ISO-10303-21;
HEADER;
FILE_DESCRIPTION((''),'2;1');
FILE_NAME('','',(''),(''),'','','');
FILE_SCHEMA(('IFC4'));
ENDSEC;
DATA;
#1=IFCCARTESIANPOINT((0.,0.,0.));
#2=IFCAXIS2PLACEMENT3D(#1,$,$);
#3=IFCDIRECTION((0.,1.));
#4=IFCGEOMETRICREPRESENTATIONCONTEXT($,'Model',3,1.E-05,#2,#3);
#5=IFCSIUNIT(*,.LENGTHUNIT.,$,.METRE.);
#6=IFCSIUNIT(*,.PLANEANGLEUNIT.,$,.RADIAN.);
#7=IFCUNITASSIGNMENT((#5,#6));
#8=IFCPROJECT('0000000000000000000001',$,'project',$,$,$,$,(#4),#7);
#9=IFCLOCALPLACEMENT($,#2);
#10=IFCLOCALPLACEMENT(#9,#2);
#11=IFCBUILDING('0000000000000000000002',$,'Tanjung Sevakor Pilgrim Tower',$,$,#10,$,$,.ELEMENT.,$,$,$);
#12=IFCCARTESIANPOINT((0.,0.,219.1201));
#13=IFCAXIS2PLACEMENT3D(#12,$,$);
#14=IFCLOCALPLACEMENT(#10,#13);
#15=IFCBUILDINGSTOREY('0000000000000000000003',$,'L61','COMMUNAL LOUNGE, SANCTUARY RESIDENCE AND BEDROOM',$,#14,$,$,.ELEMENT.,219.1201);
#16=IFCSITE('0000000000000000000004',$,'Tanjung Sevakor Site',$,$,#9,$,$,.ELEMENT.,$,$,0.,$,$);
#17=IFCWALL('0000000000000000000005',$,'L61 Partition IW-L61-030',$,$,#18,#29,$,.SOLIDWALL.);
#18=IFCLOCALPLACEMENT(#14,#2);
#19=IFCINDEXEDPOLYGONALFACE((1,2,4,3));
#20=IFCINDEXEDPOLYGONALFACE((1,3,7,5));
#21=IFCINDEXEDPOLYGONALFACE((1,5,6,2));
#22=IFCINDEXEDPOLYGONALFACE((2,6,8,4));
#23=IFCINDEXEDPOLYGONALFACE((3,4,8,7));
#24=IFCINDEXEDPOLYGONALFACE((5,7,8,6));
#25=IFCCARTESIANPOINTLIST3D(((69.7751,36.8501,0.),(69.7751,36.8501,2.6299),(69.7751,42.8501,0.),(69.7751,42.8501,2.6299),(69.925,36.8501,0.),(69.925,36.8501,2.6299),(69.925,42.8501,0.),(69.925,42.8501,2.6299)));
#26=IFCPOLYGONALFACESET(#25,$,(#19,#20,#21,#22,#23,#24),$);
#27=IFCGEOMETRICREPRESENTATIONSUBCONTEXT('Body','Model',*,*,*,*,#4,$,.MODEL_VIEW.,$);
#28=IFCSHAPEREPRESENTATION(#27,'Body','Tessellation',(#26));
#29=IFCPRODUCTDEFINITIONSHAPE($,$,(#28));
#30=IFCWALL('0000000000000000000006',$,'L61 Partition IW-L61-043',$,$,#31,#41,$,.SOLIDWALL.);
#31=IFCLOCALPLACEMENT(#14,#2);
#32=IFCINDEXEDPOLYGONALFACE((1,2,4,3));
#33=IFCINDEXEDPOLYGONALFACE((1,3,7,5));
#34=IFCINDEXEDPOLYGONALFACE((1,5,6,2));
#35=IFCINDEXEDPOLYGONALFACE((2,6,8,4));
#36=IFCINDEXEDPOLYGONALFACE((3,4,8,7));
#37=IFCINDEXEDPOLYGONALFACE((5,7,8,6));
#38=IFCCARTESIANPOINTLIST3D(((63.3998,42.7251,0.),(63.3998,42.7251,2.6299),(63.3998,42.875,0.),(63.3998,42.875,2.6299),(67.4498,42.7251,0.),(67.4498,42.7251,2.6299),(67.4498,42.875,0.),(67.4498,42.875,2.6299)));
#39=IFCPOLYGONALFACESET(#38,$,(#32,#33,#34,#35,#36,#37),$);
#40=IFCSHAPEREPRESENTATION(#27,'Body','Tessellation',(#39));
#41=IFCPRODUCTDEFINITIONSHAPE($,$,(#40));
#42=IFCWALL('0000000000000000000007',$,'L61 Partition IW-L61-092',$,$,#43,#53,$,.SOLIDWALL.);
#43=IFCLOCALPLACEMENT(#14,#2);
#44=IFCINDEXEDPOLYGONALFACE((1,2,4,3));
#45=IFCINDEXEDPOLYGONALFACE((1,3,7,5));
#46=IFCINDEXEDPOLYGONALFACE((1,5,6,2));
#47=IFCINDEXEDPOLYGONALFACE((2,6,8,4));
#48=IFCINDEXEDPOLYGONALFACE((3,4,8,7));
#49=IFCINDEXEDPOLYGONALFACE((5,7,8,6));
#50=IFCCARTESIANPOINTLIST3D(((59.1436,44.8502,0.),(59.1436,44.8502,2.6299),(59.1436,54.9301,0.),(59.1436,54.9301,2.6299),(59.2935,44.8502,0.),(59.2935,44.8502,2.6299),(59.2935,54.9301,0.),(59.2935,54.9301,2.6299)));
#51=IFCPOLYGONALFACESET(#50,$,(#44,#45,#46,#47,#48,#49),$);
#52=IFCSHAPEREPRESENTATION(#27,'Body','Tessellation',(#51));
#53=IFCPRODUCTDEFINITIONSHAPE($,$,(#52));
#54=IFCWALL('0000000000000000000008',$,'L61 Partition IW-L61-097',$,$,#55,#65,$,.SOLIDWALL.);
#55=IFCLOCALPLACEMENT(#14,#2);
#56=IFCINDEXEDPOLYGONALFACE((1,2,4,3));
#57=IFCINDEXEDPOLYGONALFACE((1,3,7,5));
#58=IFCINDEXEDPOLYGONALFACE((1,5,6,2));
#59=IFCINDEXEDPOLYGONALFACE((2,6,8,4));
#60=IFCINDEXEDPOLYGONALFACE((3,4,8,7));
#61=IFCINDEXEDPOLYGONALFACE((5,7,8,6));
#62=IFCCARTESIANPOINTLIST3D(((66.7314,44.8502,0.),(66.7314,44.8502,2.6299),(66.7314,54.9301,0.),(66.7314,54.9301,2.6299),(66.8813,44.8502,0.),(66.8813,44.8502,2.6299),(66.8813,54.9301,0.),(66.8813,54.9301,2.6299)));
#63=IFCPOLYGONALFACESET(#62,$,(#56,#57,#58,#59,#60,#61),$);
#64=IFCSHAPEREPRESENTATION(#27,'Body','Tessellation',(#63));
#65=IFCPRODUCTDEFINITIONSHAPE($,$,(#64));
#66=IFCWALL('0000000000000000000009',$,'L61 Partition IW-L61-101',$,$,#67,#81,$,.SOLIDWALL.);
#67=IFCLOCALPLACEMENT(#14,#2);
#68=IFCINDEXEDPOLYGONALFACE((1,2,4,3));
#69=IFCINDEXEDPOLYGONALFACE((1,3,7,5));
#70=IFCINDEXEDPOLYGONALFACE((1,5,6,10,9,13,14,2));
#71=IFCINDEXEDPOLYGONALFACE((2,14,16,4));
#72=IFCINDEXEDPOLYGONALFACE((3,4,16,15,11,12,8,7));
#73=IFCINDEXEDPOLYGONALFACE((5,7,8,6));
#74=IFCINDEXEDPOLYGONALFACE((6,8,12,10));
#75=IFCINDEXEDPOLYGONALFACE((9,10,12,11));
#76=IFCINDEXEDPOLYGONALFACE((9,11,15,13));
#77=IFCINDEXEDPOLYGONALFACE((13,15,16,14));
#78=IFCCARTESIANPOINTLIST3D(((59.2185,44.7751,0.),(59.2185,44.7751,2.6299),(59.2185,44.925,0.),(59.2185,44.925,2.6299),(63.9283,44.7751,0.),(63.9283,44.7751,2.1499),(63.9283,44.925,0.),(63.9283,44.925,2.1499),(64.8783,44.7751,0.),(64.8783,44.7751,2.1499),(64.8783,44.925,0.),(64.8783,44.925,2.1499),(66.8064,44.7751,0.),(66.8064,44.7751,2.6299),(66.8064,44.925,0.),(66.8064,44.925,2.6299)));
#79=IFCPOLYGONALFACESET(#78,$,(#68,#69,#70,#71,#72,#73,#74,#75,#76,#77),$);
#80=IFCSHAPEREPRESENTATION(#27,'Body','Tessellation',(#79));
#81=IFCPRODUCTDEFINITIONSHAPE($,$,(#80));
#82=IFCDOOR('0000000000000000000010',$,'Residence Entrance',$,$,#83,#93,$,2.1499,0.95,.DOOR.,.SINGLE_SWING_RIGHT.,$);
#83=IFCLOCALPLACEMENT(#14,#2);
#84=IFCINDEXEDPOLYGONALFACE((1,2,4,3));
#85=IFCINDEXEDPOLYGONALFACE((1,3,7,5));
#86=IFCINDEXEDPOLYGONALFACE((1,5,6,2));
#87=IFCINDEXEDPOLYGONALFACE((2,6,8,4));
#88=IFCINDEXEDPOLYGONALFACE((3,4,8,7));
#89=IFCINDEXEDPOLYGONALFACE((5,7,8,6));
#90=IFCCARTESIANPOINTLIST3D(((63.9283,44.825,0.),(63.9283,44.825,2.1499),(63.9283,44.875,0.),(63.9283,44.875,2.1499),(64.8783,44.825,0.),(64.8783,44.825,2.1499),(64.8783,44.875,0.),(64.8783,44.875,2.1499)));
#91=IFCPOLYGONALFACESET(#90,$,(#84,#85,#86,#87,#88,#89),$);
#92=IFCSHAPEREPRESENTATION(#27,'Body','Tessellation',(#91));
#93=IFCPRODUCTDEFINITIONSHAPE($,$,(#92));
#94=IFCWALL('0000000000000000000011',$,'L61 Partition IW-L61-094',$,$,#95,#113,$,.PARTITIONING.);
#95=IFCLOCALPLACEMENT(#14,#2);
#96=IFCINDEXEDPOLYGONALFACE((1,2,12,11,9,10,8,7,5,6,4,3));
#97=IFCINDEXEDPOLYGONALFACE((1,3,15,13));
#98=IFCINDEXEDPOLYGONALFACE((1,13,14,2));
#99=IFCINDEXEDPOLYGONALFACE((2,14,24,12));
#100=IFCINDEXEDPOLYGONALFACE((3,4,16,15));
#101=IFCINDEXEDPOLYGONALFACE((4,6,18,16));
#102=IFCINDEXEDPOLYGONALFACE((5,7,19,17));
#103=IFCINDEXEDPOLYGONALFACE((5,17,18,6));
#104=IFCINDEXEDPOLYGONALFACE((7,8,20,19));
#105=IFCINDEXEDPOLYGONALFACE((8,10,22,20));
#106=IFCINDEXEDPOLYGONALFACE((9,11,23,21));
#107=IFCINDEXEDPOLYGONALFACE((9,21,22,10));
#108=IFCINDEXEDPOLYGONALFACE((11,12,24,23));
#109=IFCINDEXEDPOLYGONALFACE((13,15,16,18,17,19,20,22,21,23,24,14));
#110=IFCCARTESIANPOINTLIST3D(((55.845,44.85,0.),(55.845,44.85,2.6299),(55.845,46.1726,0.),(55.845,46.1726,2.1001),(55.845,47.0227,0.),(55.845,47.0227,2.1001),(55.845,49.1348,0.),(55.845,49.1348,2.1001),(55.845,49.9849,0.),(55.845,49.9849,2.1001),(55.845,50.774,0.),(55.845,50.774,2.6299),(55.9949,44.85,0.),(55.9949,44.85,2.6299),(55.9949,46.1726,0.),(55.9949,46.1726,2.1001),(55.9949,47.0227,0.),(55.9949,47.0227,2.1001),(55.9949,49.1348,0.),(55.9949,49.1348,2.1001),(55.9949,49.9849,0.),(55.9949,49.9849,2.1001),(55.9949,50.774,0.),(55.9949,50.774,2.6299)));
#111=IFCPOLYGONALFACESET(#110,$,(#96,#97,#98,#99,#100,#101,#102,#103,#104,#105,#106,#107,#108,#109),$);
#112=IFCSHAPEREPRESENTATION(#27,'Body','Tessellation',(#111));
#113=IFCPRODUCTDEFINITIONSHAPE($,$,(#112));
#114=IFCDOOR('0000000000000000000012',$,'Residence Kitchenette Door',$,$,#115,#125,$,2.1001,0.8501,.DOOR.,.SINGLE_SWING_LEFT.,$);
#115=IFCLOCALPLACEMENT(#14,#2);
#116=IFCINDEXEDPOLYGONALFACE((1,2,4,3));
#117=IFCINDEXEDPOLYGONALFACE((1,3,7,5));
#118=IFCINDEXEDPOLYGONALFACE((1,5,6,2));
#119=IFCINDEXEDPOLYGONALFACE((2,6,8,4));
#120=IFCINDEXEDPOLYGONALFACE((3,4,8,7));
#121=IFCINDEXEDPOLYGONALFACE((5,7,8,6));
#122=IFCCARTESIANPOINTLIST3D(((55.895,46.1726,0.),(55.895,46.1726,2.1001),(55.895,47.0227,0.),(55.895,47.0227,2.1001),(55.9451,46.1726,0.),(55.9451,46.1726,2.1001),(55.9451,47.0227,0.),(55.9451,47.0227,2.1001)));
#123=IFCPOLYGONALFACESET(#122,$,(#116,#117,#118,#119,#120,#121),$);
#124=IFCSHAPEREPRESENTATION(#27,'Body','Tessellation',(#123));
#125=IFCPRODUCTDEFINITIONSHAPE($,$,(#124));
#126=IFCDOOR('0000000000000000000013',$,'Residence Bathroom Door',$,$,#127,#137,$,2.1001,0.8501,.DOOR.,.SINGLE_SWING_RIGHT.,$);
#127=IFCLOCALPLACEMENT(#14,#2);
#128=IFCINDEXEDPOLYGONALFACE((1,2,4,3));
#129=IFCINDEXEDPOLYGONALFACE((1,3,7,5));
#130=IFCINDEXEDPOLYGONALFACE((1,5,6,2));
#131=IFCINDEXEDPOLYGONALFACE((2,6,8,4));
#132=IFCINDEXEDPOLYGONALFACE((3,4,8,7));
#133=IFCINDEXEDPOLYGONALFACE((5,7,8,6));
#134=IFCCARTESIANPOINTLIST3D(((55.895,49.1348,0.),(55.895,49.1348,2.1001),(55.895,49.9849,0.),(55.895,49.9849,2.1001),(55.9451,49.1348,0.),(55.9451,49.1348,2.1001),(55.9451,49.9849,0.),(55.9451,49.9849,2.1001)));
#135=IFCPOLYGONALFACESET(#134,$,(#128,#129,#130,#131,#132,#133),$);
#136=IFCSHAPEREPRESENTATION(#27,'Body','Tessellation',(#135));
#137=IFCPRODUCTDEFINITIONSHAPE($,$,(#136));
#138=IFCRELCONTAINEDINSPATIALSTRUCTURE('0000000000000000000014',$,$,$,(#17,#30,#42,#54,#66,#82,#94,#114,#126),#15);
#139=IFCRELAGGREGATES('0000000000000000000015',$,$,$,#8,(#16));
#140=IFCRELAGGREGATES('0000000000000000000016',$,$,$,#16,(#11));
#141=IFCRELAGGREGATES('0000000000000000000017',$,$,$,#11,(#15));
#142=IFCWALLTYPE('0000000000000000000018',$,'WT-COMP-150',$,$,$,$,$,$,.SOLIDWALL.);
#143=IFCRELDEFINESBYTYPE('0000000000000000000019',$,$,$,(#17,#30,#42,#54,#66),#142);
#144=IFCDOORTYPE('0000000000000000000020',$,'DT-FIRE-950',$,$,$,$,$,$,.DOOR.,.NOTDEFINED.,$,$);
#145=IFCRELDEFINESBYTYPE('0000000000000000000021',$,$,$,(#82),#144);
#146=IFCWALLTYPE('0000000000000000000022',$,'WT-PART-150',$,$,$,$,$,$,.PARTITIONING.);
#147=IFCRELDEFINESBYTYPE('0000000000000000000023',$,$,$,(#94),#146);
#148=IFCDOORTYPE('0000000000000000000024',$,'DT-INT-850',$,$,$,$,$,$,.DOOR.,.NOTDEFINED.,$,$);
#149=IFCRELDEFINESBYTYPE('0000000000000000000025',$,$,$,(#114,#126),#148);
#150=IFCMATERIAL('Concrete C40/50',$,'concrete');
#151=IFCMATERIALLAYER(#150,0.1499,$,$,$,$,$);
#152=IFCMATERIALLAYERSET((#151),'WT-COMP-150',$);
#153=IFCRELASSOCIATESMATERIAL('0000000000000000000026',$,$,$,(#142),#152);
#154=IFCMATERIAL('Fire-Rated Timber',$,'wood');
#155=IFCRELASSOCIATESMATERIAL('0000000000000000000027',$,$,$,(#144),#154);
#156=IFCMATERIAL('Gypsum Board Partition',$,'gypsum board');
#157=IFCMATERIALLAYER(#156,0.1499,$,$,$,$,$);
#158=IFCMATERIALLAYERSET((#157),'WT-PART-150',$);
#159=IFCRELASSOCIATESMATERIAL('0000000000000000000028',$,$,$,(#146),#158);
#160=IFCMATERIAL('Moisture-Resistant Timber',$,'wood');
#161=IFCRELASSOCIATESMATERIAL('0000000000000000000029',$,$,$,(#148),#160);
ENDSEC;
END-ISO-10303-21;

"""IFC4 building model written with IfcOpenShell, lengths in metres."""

from ifc_helpers import new_model, si_unit, direction, frame, frame_2d, origin, place, context, subcontext, project, spatial, rectangle, extrude, material, layer, layer_set, type_object, element, fill, save


model = new_model("IFC4")

# Units and contexts
model_context = context("Model", 3, precision=1e-05, world=origin(), true_north=direction((0.0, 1.0)))
body_context = subcontext(model_context, "Body", "Model", "MODEL_VIEW")
ifc_project = project(units=[si_unit("LENGTHUNIT", "METRE"), si_unit("PLANEANGLEUNIT", "RADIAN")], contexts=[model_context])

# Site, building, storey
site_placement = place(None, origin())
site = spatial("IfcSite", under=ifc_project, at=site_placement, Name="Tanjung Sevakor Site", CompositionType="ELEMENT", RefElevation=0.0)
building_placement = place(site_placement, origin())
building = spatial("IfcBuilding", under=site, at=building_placement, Name="Tanjung Sevakor Pilgrim Tower", CompositionType="ELEMENT")
storey_placement = place(building_placement, frame((0.0, 0.0, 219.1201)))
storey = spatial("IfcBuildingStorey", under=building, at=storey_placement, Name="L61", Description="COMMUNAL LOUNGE, SANCTUARY RESIDENCE AND BEDROOM", CompositionType="ELEMENT", Elevation=219.1201)

# Shared definitions
ifc_material_1 = material(Name="Concrete C40/50", Category="concrete")
ifc_layer_1 = layer(ifc_material_1, 0.1499)
ifc_layer_set_1 = layer_set([ifc_layer_1], Name="WT-COMP-150")
wall_type_1 = type_object("IfcWallType", Name="WT-COMP-150", PredefinedType="SOLIDWALL", material=ifc_layer_set_1)

# Walls
wall_1_placement = place(storey_placement, frame((69.8501, 36.8501, 0.0), z_axis=(0.0, 0.0, 1.0), x_axis=(0.0, 1.0, 0.0)))
element("IfcWall", 1, at=wall_1_placement, inside=storey, type_object=wall_type_1, Name="L61 Partition IW-L61-030", PredefinedType="SOLIDWALL", context=body_context, shape_type="SweptSolid", body=[
    extrude(rectangle(XDim=6.0, YDim=0.1499, at=frame_2d((3.0, 0.0))), origin(), (0.0, 0.0, 1.0), 2.6299),
])
wall_2_placement = place(storey_placement, frame((63.3999, 42.8, 0.0), z_axis=(0.0, 0.0, 1.0), x_axis=(1.0, 0.0, 0.0)))
element("IfcWall", 2, at=wall_2_placement, inside=storey, type_object=wall_type_1, Name="L61 Partition IW-L61-043", PredefinedType="SOLIDWALL", context=body_context, shape_type="SweptSolid", body=[
    extrude(rectangle(XDim=4.05, YDim=0.1499, at=frame_2d((2.0249, 0.0))), origin(), (0.0, 0.0, 1.0), 2.6299),
])
for number, where, z_axis, x_axis, name in (
    (3, (59.2185, 44.8501, 0.0), (0.0, 0.0, 1.0), (0.0, 1.0, 0.0), "L61 Partition IW-L61-092"),
    (4, (66.8064, 44.8501, 0.0), (0.0, 0.0, 1.0), (0.0, 1.0, 0.0), "L61 Partition IW-L61-097"),
):
    element("IfcWall", number, at=place(storey_placement, frame(where, z_axis=z_axis, x_axis=x_axis)), inside=storey, type_object=wall_type_1, Name=name, PredefinedType="SOLIDWALL", context=body_context, shape_type="SweptSolid", body=[
        extrude(rectangle(XDim=10.0798, YDim=0.1499, at=frame_2d((5.04, 0.0))), origin(), (0.0, 0.0, 1.0), 2.6299),
    ])

# Wall, opening, door
wall_3_placement = place(storey_placement, frame((59.2185, 44.8501, 0.0), z_axis=(0.0, 0.0, 1.0), x_axis=(1.0, 0.0, 0.0)))
wall_3 = element("IfcWall", 5, at=wall_3_placement, inside=storey, type_object=wall_type_1, Name="L61 Partition IW-L61-101", PredefinedType="SOLIDWALL", context=body_context, shape_type="SweptSolid", body=[
    extrude(rectangle(XDim=7.5879, YDim=0.1499, at=frame_2d((3.7939, 0.0))), origin(), (0.0, 0.0, 1.0), 2.6299),
])
opening_1_placement = place(wall_3_placement, frame((4.7097, 0.0, 0.0)))
opening_1 = element("IfcOpeningElement", 6, at=opening_1_placement, cuts=wall_3, PredefinedType="OPENING", context=body_context, shape_type="SweptSolid", body=[
    extrude(rectangle(XDim=0.95, YDim=2.1499, at=frame_2d((0.4751, 1.075))), frame((0.0, 0.085, 0.0), z_axis=(0.0, -1.0, 0.0), x_axis=(1.0, 0.0, 0.0)), (0.0, 0.0, 1.0), 0.1699),
])
ifc_material_2 = material(Name="Fire-Rated Timber", Category="wood")
door_type_1 = type_object("IfcDoorType", Name="DT-FIRE-950", OperationType="NOTDEFINED", PredefinedType="DOOR", material=ifc_material_2)
door_1_placement = place(opening_1_placement, origin())
door_1 = element("IfcDoor", 7, at=door_1_placement, inside=storey, type_object=door_type_1, Name="Residence Entrance", OperationType="SINGLE_SWING_RIGHT", OverallHeight=2.1499, OverallWidth=0.95, PredefinedType="DOOR", context=body_context, shape_type="SweptSolid", body=[
    extrude(rectangle(XDim=0.95, YDim=2.1499, at=frame_2d((0.4751, 1.075))), frame((0.0, 0.0249, 0.0), z_axis=(0.0, -1.0, 0.0), x_axis=(1.0, 0.0, 0.0)), (0.0, 0.0, 1.0), 0.05),
])
fill(opening_1, door_1)

# Wall, openings, doors
ifc_material_3 = material(Name="Gypsum Board Partition", Category="gypsum board")
ifc_layer_2 = layer(ifc_material_3, 0.1499)
ifc_layer_set_2 = layer_set([ifc_layer_2], Name="WT-PART-150")
wall_type_2 = type_object("IfcWallType", Name="WT-PART-150", PredefinedType="PARTITIONING", material=ifc_layer_set_2)
wall_4_placement = place(storey_placement, frame((55.9199, 44.8501, 0.0), z_axis=(0.0, 0.0, 1.0), x_axis=(0.0, 1.0, 0.0)))
wall_4 = element("IfcWall", 8, at=wall_4_placement, inside=storey, type_object=wall_type_2, Name="L61 Partition IW-L61-094", PredefinedType="PARTITIONING", context=body_context, shape_type="SweptSolid", body=[
    extrude(rectangle(XDim=5.9241, YDim=0.1499, at=frame_2d((2.9619, 0.0))), origin(), (0.0, 0.0, 1.0), 2.6299),
])
opening_2_placement = place(wall_4_placement, frame((1.3225, 0.0, 0.0)))
opening_2 = element("IfcOpeningElement", 9, at=opening_2_placement, cuts=wall_4, PredefinedType="OPENING", context=body_context, shape_type="SweptSolid", body=[
    extrude(rectangle(XDim=0.8501, YDim=2.1001, at=frame_2d((0.425, 1.05))), frame((0.0, 0.085, 0.0), z_axis=(0.0, -1.0, 0.0), x_axis=(1.0, 0.0, 0.0)), (0.0, 0.0, 1.0), 0.1699),
])
opening_3_placement = place(wall_4_placement, frame((4.2847, 0.0, 0.0)))
opening_3 = element("IfcOpeningElement", 10, at=opening_3_placement, cuts=wall_4, PredefinedType="OPENING", context=body_context, shape_type="SweptSolid", body=[
    extrude(rectangle(XDim=0.8501, YDim=2.1001, at=frame_2d((0.425, 1.05))), frame((0.0, 0.085, 0.0), z_axis=(0.0, -1.0, 0.0), x_axis=(1.0, 0.0, 0.0)), (0.0, 0.0, 1.0), 0.1699),
])
ifc_material_4 = material(Name="Moisture-Resistant Timber", Category="wood")
door_type_2 = type_object("IfcDoorType", Name="DT-INT-850", OperationType="NOTDEFINED", PredefinedType="DOOR", material=ifc_material_4)
door_2_placement = place(opening_2_placement, origin())
door_2 = element("IfcDoor", 11, at=door_2_placement, inside=storey, type_object=door_type_2, Name="Residence Kitchenette Door", OperationType="SINGLE_SWING_LEFT", OverallHeight=2.1001, OverallWidth=0.8501, PredefinedType="DOOR", context=body_context, shape_type="SweptSolid", body=[
    extrude(rectangle(XDim=0.8501, YDim=2.1001, at=frame_2d((0.425, 1.05))), frame((0.0, 0.0249, 0.0), z_axis=(0.0, -1.0, 0.0), x_axis=(1.0, 0.0, 0.0)), (0.0, 0.0, 1.0), 0.05),
])
fill(opening_2, door_2)
door_3_placement = place(opening_3_placement, origin())
door_3 = element("IfcDoor", 12, at=door_3_placement, inside=storey, type_object=door_type_2, Name="Residence Bathroom Door", OperationType="SINGLE_SWING_RIGHT", OverallHeight=2.1001, OverallWidth=0.8501, PredefinedType="DOOR", context=body_context, shape_type="SweptSolid", body=[
    extrude(rectangle(XDim=0.8501, YDim=2.1001, at=frame_2d((0.425, 1.05))), frame((0.0, 0.0249, 0.0), z_axis=(0.0, -1.0, 0.0), x_axis=(1.0, 0.0, 0.0)), (0.0, 0.0, 1.0), 0.05),
])
fill(opening_3, door_3)

save(model, "model.ifc")
